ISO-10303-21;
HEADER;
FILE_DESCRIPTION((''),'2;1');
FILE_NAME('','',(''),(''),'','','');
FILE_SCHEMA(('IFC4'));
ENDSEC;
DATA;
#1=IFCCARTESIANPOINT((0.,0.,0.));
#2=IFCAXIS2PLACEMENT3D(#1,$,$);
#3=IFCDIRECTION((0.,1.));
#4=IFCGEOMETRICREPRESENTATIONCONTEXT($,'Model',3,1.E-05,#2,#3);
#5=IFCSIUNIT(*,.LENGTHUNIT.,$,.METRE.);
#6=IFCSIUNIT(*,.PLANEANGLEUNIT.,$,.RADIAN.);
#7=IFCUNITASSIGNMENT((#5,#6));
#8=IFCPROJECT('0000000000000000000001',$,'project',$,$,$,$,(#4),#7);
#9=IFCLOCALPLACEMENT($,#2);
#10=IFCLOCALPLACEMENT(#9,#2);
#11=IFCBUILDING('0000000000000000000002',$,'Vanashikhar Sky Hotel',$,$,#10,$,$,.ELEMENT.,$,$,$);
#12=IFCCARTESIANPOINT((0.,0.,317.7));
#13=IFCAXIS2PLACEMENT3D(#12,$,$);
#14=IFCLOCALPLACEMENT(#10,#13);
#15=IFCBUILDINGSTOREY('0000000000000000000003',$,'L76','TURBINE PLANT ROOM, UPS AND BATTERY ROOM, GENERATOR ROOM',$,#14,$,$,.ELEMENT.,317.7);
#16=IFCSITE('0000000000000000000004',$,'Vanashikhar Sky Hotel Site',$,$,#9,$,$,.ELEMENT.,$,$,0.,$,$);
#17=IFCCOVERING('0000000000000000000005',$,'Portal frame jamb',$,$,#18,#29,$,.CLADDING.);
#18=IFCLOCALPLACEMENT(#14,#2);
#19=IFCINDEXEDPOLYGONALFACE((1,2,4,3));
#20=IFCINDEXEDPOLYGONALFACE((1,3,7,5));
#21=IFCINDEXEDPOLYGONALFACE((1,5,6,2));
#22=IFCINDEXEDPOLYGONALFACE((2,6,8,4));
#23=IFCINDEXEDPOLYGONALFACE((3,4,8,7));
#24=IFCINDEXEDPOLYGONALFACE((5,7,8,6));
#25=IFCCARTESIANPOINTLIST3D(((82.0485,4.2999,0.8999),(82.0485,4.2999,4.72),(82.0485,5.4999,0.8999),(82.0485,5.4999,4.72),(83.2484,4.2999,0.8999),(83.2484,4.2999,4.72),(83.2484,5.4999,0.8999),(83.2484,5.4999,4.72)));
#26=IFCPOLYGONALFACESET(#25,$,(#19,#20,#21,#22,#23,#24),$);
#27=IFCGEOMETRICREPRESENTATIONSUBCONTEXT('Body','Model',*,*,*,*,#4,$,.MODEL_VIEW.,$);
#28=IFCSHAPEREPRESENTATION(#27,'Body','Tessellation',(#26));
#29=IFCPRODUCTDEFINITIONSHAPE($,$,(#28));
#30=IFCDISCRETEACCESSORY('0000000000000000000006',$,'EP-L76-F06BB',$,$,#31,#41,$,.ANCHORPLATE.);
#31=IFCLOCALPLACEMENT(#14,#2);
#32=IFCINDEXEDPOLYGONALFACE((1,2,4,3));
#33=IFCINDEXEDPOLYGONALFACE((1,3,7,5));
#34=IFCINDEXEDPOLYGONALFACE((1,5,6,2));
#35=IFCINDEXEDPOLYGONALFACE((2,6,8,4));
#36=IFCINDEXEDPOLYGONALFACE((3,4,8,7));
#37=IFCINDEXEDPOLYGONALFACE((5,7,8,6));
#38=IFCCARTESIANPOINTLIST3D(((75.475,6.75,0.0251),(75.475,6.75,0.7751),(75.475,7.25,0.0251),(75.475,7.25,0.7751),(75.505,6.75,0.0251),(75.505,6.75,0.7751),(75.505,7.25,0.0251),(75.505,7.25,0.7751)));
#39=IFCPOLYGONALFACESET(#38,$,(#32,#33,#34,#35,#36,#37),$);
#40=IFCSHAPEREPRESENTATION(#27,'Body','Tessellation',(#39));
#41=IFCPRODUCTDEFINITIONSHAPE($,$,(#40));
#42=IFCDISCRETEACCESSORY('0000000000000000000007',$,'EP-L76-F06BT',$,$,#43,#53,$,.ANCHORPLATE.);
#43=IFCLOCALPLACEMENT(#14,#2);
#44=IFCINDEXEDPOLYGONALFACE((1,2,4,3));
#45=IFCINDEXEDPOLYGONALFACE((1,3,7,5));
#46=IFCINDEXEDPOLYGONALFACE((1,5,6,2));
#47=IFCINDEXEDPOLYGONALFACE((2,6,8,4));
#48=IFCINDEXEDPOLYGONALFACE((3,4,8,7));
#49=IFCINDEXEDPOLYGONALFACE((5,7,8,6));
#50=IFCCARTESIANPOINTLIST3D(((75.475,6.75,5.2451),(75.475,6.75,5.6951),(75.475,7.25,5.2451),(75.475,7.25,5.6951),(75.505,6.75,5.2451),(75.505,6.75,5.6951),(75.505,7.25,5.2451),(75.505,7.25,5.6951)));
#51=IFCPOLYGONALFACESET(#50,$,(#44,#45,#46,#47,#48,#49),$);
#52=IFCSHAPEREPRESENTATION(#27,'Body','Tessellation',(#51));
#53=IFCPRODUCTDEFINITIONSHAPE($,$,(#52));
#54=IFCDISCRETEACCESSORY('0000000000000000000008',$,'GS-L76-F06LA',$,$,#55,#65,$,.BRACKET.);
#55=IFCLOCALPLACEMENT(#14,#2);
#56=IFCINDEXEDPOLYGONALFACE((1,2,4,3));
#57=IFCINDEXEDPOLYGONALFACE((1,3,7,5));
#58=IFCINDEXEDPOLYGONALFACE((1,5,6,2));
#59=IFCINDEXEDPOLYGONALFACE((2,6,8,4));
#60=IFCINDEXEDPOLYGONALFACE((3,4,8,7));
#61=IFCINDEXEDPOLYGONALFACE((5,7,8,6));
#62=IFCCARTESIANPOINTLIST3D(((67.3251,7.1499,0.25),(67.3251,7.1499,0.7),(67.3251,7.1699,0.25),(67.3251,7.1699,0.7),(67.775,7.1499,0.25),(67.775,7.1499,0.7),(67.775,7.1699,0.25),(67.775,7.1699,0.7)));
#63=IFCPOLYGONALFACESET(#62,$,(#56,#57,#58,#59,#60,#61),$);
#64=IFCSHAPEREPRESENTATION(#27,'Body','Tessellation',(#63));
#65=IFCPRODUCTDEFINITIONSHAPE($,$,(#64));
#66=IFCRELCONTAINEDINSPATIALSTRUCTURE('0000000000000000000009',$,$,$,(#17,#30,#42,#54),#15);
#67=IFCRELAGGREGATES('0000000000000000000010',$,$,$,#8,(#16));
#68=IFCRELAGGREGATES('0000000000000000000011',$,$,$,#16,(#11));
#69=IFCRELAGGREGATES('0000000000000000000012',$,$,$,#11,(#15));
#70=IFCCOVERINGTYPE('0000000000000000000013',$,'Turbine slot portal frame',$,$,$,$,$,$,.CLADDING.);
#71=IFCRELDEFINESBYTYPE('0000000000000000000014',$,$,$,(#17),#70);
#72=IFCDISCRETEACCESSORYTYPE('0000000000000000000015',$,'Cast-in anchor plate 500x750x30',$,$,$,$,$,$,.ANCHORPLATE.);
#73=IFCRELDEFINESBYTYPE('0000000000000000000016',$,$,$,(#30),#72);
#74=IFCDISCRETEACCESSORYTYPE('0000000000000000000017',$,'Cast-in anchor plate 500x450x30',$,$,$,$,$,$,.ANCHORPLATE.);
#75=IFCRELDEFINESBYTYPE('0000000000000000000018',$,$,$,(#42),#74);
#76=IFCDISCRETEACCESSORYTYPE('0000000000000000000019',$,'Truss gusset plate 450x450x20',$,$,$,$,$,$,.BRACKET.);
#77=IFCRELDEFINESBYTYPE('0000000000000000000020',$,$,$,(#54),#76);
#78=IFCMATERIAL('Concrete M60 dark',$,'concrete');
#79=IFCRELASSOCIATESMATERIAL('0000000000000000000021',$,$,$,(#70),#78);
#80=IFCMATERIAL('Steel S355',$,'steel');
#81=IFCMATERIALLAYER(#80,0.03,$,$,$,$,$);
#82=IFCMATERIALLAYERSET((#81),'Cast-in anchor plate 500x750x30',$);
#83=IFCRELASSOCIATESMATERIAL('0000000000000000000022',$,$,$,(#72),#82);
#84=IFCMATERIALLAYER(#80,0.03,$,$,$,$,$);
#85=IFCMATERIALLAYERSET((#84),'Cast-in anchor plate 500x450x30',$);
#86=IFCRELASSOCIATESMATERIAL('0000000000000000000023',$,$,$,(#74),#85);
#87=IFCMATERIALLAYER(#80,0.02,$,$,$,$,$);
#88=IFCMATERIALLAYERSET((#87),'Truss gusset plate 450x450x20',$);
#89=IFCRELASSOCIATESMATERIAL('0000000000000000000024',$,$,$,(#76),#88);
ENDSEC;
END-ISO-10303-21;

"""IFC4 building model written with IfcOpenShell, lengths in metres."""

from ifc_helpers import new_model, si_unit, direction, frame, origin, origin_2d, place, context, subcontext, project, spatial, rectangle, extrude, source, transform, mapped, material, layer, layer_set, type_object, element, save


model = new_model("IFC4")

# Units and contexts
model_context = context("Model", 3, precision=1e-05, world=origin(), true_north=direction((0.0, 1.0)))
body_context = subcontext(model_context, "Body", "Model", "MODEL_VIEW")
ifc_project = project(units=[si_unit("LENGTHUNIT", "METRE"), si_unit("PLANEANGLEUNIT", "RADIAN")], contexts=[model_context])

# Site, building, storey
site_placement = place(None, origin())
site = spatial("IfcSite", under=ifc_project, at=site_placement, Name="Vanashikhar Sky Hotel Site", CompositionType="ELEMENT", RefElevation=0.0)
building_placement = place(site_placement, origin())
building = spatial("IfcBuilding", under=site, at=building_placement, Name="Vanashikhar Sky Hotel", CompositionType="ELEMENT")
storey_placement = place(building_placement, frame((0.0, 0.0, 317.7)))
storey = spatial("IfcBuildingStorey", under=building, at=storey_placement, Name="L76", Description="TURBINE PLANT ROOM, UPS AND BATTERY ROOM, GENERATOR ROOM", CompositionType="ELEMENT", Elevation=317.7)

# Shared definitions
ifc_material_1 = material(Name="Steel S355", Category="steel")

# Shared definitions
ifc_material_2 = material(Name="Concrete M60 dark", Category="concrete")
covering_type = type_object("IfcCoveringType", Name="Turbine slot portal frame", PredefinedType="CLADDING", material=ifc_material_2)

# Covering
shared_shape_1 = source(origin(), body_context, "Body", "SweptSolid", [
    extrude(rectangle(XDim=1.2, YDim=1.2, at=origin_2d()), origin(), (0.0, 0.0, 1.0), 3.8201),
])
covering_1_placement = place(storey_placement, frame((82.6484, 4.8999, 0.8999), z_axis=(0.0, 0.0, 1.0), x_axis=(1.0, 0.0, 0.0)))
element("IfcCovering", 1, at=covering_1_placement, inside=storey, type_object=covering_type, Name="Portal frame jamb", PredefinedType="CLADDING", context=body_context, shape_type="MappedRepresentation", body=[
    mapped(shared_shape_1, transform((0.0, 0.0, 0.0), scale=1.0)),
])

# Discrete accessories
ifc_layer_1 = layer(ifc_material_1, 0.03)
ifc_layer_set_1 = layer_set([ifc_layer_1], Name="Cast-in anchor plate 500x750x30")
discrete_accessory_type_1 = type_object("IfcDiscreteAccessoryType", Name="Cast-in anchor plate 500x750x30", PredefinedType="ANCHORPLATE", material=ifc_layer_set_1)
shared_shape_2 = source(origin(), body_context, "Body", "SweptSolid", [
    extrude(rectangle(XDim=0.03, YDim=0.5, at=origin_2d()), origin(), (0.0, 0.0, 1.0), 0.75),
])
discrete_accessory_1_placement = place(storey_placement, frame((75.49, 7.0, 0.0251), z_axis=(0.0, 0.0, 1.0), x_axis=(1.0, 0.0, 0.0)))
element("IfcDiscreteAccessory", 2, at=discrete_accessory_1_placement, inside=storey, type_object=discrete_accessory_type_1, Name="EP-L76-F06BB", PredefinedType="ANCHORPLATE", context=body_context, shape_type="MappedRepresentation", body=[
    mapped(shared_shape_2, transform((0.0, 0.0, 0.0), scale=1.0)),
])
ifc_layer_2 = layer(ifc_material_1, 0.03)
ifc_layer_set_2 = layer_set([ifc_layer_2], Name="Cast-in anchor plate 500x450x30")
discrete_accessory_type_2 = type_object("IfcDiscreteAccessoryType", Name="Cast-in anchor plate 500x450x30", PredefinedType="ANCHORPLATE", material=ifc_layer_set_2)
shared_shape_3 = source(origin(), body_context, "Body", "SweptSolid", [
    extrude(rectangle(XDim=0.03, YDim=0.5, at=origin_2d()), origin(), (0.0, 0.0, 1.0), 0.45),
])
discrete_accessory_2_placement = place(storey_placement, frame((75.49, 7.0, 5.2451), z_axis=(0.0, 0.0, 1.0), x_axis=(1.0, 0.0, 0.0)))
element("IfcDiscreteAccessory", 3, at=discrete_accessory_2_placement, inside=storey, type_object=discrete_accessory_type_2, Name="EP-L76-F06BT", PredefinedType="ANCHORPLATE", context=body_context, shape_type="MappedRepresentation", body=[
    mapped(shared_shape_3, transform((0.0, 0.0, 0.0), scale=1.0)),
])
ifc_layer_3 = layer(ifc_material_1, 0.02)
ifc_layer_set_3 = layer_set([ifc_layer_3], Name="Truss gusset plate 450x450x20")
discrete_accessory_type_3 = type_object("IfcDiscreteAccessoryType", Name="Truss gusset plate 450x450x20", PredefinedType="BRACKET", material=ifc_layer_set_3)
shared_shape_4 = source(origin(), body_context, "Body", "SweptSolid", [
    extrude(rectangle(XDim=0.45, YDim=0.02, at=origin_2d()), origin(), (0.0, 0.0, 1.0), 0.45),
])
discrete_accessory_3_placement = place(storey_placement, frame((67.55, 7.1599, 0.25), z_axis=(0.0, 0.0, 1.0), x_axis=(1.0, 0.0, 0.0)))
element("IfcDiscreteAccessory", 4, at=discrete_accessory_3_placement, inside=storey, type_object=discrete_accessory_type_3, Name="GS-L76-F06LA", PredefinedType="BRACKET", context=body_context, shape_type="MappedRepresentation", body=[
    mapped(shared_shape_4, transform((0.0, 0.0, 0.0), scale=1.0)),
])

save(model, "model.ifc")
